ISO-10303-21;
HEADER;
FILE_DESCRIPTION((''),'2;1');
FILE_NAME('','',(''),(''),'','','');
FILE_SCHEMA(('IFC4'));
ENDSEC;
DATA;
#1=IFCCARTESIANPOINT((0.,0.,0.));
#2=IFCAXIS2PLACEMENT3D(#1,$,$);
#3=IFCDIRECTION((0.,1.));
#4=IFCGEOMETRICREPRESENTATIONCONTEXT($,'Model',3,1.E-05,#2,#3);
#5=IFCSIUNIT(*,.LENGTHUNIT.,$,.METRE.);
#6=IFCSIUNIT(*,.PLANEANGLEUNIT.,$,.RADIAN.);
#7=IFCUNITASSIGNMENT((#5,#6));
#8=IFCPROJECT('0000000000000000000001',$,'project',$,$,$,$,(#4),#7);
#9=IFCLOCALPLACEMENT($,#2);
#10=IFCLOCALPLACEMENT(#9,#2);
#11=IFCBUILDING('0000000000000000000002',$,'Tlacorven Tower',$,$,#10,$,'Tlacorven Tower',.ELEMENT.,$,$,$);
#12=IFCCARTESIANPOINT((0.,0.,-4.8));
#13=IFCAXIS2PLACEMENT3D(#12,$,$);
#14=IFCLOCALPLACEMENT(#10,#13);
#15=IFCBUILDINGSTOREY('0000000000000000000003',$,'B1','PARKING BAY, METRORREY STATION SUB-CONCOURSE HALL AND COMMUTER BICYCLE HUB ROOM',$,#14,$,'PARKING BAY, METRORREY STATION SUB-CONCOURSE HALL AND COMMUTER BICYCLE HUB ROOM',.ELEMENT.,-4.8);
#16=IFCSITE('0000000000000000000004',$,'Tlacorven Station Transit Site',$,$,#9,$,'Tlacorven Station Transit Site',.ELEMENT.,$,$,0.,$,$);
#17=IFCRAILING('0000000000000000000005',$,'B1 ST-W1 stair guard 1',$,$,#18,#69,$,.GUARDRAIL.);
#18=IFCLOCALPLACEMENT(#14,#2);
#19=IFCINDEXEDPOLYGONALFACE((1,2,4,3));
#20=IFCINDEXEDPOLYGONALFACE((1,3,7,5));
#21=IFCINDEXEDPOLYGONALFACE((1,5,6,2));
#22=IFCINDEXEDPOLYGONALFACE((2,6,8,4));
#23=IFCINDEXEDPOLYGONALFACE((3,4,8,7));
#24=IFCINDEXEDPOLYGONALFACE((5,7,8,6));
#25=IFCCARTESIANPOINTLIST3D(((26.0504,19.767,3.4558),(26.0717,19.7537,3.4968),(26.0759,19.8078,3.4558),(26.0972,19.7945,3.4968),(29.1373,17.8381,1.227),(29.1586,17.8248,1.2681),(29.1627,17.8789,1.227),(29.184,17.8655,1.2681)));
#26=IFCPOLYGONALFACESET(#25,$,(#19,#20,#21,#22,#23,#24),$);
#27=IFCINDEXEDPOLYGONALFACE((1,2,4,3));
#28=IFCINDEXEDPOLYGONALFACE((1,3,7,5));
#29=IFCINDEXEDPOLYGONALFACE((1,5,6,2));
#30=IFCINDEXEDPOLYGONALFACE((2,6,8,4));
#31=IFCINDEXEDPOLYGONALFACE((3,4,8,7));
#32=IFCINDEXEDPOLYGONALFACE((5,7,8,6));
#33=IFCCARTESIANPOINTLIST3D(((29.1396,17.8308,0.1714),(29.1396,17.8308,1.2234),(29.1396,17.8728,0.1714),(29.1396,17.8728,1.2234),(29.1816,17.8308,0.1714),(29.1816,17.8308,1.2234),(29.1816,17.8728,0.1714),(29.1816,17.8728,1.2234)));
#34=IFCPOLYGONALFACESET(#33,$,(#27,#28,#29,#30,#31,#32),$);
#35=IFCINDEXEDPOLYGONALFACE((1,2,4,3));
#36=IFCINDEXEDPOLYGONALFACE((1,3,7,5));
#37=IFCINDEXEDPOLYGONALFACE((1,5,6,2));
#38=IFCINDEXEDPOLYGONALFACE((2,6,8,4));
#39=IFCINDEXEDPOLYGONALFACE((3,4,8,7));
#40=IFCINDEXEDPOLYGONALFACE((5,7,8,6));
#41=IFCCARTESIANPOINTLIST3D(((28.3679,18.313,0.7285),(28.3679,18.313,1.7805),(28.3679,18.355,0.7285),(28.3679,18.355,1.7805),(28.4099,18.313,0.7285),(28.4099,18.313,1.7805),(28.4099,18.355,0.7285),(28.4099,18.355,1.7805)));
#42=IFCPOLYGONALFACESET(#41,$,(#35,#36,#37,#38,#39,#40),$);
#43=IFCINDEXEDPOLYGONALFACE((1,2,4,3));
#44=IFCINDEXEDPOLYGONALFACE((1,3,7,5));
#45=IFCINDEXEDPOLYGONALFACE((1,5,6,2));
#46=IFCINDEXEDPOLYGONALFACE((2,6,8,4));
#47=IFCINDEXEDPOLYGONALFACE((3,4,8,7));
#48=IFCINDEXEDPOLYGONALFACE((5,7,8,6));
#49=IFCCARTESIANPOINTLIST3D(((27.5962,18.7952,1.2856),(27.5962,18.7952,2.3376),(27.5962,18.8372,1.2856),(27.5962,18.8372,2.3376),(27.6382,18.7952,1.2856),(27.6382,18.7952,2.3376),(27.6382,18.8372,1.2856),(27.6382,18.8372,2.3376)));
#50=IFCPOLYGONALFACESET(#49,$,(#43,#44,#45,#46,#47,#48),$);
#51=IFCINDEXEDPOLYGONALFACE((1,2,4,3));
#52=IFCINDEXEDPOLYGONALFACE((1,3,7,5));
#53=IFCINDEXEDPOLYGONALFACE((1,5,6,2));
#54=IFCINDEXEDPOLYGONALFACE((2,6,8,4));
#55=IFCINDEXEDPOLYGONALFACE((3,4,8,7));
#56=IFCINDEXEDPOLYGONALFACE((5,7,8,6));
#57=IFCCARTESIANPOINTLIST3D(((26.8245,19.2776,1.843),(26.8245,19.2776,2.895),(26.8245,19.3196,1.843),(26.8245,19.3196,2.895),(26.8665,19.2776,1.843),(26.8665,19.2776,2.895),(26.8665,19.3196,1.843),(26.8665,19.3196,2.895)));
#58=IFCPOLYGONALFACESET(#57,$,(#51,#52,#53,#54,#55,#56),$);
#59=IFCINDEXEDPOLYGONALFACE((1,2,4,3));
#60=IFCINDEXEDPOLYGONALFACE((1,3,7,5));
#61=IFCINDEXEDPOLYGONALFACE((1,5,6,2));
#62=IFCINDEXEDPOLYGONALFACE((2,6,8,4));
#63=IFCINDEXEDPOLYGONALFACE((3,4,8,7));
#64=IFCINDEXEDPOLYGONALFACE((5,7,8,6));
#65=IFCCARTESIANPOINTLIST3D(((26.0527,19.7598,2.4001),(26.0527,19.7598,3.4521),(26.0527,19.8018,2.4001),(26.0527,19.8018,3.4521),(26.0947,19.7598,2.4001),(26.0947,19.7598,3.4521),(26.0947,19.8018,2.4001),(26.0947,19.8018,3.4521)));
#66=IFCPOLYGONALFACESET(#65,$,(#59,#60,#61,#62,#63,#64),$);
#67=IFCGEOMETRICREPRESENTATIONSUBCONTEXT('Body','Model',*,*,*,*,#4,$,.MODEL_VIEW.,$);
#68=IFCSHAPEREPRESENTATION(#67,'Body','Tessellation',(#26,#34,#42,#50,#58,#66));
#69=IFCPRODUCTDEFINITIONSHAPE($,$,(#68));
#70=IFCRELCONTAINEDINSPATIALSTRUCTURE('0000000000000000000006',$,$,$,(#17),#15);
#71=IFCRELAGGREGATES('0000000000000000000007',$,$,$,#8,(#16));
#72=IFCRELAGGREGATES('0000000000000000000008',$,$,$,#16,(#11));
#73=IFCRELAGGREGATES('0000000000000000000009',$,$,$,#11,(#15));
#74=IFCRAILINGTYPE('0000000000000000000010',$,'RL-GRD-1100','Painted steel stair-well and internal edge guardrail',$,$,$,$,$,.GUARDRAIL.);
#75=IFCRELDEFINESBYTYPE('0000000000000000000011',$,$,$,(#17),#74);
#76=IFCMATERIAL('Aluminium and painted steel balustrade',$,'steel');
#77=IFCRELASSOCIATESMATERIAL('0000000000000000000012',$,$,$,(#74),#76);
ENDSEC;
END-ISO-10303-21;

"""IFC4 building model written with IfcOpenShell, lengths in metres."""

from ifc_helpers import new_model, si_unit, direction, frame, origin, origin_2d, place, context, subcontext, project, spatial, rectangle, extrude, source, transform, mapped, material, type_object, element, save


model = new_model("IFC4")

# Units and contexts
model_context = context("Model", 3, precision=1e-05, world=origin(), true_north=direction((0.0, 1.0)))
body_context = subcontext(model_context, "Body", "Model", "MODEL_VIEW")
ifc_project = project(units=[si_unit("LENGTHUNIT", "METRE"), si_unit("PLANEANGLEUNIT", "RADIAN")], contexts=[model_context])

# Site, building, storey
site_placement = place(None, origin())
site = spatial("IfcSite", under=ifc_project, at=site_placement, Name="Tlacorven Station Transit Site", LongName="Tlacorven Station Transit Site", CompositionType="ELEMENT", RefElevation=0.0)
building_placement = place(site_placement, origin())
building = spatial("IfcBuilding", under=site, at=building_placement, Name="Tlacorven Tower", LongName="Tlacorven Tower", CompositionType="ELEMENT")
storey_placement = place(building_placement, frame((0.0, 0.0, -4.8)))
storey = spatial("IfcBuildingStorey", under=building, at=storey_placement, Name="B1", Description="PARKING BAY, METRORREY STATION SUB-CONCOURSE HALL AND COMMUTER BICYCLE HUB ROOM", LongName="PARKING BAY, METRORREY STATION SUB-CONCOURSE HALL AND COMMUTER BICYCLE HUB ROOM", CompositionType="ELEMENT", Elevation=-4.8)

# Railing
ifc_material_1 = material(Name="Aluminium and painted steel balustrade", Category="steel")
railing_type_1 = type_object("IfcRailingType", Name="RL-GRD-1100", Description="Painted steel stair-well and internal edge guardrail", PredefinedType="GUARDRAIL", material=ifc_material_1)
shared_shape_1 = source(origin(), body_context, "Body", "SweptSolid", [
    extrude(rectangle(XDim=0.0481, YDim=0.0481, at=origin_2d()), frame((0.0, 0.0, 1.0762), z_axis=(-0.723241, 0.45194, 0.522182), x_axis=(-0.529927, -0.848044, 0.0)), (0.0, 0.0, 1.0), 4.2681),
    extrude(rectangle(XDim=0.042, YDim=0.042, at=origin_2d()), origin(), (0.0, 0.0, 1.0), 1.052),
    extrude(rectangle(XDim=0.042, YDim=0.042, at=origin_2d()), frame((-0.7717, 0.4822, 0.5571)), (0.0, 0.0, 1.0), 1.052),
    extrude(rectangle(XDim=0.042, YDim=0.042, at=origin_2d()), frame((-1.5435, 0.9644, 1.1143)), (0.0, 0.0, 1.0), 1.052),
    extrude(rectangle(XDim=0.042, YDim=0.042, at=origin_2d()), frame((-2.3152, 1.4468, 1.6716)), (0.0, 0.0, 1.0), 1.052),
    extrude(rectangle(XDim=0.042, YDim=0.042, at=origin_2d()), frame((-3.0869, 1.929, 2.2288)), (0.0, 0.0, 1.0), 1.052),
])
railing_1_placement = place(storey_placement, frame((29.1606, 17.8518, 0.1714)))
element("IfcRailing", 1, at=railing_1_placement, inside=storey, type_object=railing_type_1, Name="B1 ST-W1 stair guard 1", PredefinedType="GUARDRAIL", context=body_context, shape_type="MappedRepresentation", body=[
    mapped(shared_shape_1, transform((0.0, 0.0, 0.0), scale=1.0)),
])

save(model, "model.ifc")
